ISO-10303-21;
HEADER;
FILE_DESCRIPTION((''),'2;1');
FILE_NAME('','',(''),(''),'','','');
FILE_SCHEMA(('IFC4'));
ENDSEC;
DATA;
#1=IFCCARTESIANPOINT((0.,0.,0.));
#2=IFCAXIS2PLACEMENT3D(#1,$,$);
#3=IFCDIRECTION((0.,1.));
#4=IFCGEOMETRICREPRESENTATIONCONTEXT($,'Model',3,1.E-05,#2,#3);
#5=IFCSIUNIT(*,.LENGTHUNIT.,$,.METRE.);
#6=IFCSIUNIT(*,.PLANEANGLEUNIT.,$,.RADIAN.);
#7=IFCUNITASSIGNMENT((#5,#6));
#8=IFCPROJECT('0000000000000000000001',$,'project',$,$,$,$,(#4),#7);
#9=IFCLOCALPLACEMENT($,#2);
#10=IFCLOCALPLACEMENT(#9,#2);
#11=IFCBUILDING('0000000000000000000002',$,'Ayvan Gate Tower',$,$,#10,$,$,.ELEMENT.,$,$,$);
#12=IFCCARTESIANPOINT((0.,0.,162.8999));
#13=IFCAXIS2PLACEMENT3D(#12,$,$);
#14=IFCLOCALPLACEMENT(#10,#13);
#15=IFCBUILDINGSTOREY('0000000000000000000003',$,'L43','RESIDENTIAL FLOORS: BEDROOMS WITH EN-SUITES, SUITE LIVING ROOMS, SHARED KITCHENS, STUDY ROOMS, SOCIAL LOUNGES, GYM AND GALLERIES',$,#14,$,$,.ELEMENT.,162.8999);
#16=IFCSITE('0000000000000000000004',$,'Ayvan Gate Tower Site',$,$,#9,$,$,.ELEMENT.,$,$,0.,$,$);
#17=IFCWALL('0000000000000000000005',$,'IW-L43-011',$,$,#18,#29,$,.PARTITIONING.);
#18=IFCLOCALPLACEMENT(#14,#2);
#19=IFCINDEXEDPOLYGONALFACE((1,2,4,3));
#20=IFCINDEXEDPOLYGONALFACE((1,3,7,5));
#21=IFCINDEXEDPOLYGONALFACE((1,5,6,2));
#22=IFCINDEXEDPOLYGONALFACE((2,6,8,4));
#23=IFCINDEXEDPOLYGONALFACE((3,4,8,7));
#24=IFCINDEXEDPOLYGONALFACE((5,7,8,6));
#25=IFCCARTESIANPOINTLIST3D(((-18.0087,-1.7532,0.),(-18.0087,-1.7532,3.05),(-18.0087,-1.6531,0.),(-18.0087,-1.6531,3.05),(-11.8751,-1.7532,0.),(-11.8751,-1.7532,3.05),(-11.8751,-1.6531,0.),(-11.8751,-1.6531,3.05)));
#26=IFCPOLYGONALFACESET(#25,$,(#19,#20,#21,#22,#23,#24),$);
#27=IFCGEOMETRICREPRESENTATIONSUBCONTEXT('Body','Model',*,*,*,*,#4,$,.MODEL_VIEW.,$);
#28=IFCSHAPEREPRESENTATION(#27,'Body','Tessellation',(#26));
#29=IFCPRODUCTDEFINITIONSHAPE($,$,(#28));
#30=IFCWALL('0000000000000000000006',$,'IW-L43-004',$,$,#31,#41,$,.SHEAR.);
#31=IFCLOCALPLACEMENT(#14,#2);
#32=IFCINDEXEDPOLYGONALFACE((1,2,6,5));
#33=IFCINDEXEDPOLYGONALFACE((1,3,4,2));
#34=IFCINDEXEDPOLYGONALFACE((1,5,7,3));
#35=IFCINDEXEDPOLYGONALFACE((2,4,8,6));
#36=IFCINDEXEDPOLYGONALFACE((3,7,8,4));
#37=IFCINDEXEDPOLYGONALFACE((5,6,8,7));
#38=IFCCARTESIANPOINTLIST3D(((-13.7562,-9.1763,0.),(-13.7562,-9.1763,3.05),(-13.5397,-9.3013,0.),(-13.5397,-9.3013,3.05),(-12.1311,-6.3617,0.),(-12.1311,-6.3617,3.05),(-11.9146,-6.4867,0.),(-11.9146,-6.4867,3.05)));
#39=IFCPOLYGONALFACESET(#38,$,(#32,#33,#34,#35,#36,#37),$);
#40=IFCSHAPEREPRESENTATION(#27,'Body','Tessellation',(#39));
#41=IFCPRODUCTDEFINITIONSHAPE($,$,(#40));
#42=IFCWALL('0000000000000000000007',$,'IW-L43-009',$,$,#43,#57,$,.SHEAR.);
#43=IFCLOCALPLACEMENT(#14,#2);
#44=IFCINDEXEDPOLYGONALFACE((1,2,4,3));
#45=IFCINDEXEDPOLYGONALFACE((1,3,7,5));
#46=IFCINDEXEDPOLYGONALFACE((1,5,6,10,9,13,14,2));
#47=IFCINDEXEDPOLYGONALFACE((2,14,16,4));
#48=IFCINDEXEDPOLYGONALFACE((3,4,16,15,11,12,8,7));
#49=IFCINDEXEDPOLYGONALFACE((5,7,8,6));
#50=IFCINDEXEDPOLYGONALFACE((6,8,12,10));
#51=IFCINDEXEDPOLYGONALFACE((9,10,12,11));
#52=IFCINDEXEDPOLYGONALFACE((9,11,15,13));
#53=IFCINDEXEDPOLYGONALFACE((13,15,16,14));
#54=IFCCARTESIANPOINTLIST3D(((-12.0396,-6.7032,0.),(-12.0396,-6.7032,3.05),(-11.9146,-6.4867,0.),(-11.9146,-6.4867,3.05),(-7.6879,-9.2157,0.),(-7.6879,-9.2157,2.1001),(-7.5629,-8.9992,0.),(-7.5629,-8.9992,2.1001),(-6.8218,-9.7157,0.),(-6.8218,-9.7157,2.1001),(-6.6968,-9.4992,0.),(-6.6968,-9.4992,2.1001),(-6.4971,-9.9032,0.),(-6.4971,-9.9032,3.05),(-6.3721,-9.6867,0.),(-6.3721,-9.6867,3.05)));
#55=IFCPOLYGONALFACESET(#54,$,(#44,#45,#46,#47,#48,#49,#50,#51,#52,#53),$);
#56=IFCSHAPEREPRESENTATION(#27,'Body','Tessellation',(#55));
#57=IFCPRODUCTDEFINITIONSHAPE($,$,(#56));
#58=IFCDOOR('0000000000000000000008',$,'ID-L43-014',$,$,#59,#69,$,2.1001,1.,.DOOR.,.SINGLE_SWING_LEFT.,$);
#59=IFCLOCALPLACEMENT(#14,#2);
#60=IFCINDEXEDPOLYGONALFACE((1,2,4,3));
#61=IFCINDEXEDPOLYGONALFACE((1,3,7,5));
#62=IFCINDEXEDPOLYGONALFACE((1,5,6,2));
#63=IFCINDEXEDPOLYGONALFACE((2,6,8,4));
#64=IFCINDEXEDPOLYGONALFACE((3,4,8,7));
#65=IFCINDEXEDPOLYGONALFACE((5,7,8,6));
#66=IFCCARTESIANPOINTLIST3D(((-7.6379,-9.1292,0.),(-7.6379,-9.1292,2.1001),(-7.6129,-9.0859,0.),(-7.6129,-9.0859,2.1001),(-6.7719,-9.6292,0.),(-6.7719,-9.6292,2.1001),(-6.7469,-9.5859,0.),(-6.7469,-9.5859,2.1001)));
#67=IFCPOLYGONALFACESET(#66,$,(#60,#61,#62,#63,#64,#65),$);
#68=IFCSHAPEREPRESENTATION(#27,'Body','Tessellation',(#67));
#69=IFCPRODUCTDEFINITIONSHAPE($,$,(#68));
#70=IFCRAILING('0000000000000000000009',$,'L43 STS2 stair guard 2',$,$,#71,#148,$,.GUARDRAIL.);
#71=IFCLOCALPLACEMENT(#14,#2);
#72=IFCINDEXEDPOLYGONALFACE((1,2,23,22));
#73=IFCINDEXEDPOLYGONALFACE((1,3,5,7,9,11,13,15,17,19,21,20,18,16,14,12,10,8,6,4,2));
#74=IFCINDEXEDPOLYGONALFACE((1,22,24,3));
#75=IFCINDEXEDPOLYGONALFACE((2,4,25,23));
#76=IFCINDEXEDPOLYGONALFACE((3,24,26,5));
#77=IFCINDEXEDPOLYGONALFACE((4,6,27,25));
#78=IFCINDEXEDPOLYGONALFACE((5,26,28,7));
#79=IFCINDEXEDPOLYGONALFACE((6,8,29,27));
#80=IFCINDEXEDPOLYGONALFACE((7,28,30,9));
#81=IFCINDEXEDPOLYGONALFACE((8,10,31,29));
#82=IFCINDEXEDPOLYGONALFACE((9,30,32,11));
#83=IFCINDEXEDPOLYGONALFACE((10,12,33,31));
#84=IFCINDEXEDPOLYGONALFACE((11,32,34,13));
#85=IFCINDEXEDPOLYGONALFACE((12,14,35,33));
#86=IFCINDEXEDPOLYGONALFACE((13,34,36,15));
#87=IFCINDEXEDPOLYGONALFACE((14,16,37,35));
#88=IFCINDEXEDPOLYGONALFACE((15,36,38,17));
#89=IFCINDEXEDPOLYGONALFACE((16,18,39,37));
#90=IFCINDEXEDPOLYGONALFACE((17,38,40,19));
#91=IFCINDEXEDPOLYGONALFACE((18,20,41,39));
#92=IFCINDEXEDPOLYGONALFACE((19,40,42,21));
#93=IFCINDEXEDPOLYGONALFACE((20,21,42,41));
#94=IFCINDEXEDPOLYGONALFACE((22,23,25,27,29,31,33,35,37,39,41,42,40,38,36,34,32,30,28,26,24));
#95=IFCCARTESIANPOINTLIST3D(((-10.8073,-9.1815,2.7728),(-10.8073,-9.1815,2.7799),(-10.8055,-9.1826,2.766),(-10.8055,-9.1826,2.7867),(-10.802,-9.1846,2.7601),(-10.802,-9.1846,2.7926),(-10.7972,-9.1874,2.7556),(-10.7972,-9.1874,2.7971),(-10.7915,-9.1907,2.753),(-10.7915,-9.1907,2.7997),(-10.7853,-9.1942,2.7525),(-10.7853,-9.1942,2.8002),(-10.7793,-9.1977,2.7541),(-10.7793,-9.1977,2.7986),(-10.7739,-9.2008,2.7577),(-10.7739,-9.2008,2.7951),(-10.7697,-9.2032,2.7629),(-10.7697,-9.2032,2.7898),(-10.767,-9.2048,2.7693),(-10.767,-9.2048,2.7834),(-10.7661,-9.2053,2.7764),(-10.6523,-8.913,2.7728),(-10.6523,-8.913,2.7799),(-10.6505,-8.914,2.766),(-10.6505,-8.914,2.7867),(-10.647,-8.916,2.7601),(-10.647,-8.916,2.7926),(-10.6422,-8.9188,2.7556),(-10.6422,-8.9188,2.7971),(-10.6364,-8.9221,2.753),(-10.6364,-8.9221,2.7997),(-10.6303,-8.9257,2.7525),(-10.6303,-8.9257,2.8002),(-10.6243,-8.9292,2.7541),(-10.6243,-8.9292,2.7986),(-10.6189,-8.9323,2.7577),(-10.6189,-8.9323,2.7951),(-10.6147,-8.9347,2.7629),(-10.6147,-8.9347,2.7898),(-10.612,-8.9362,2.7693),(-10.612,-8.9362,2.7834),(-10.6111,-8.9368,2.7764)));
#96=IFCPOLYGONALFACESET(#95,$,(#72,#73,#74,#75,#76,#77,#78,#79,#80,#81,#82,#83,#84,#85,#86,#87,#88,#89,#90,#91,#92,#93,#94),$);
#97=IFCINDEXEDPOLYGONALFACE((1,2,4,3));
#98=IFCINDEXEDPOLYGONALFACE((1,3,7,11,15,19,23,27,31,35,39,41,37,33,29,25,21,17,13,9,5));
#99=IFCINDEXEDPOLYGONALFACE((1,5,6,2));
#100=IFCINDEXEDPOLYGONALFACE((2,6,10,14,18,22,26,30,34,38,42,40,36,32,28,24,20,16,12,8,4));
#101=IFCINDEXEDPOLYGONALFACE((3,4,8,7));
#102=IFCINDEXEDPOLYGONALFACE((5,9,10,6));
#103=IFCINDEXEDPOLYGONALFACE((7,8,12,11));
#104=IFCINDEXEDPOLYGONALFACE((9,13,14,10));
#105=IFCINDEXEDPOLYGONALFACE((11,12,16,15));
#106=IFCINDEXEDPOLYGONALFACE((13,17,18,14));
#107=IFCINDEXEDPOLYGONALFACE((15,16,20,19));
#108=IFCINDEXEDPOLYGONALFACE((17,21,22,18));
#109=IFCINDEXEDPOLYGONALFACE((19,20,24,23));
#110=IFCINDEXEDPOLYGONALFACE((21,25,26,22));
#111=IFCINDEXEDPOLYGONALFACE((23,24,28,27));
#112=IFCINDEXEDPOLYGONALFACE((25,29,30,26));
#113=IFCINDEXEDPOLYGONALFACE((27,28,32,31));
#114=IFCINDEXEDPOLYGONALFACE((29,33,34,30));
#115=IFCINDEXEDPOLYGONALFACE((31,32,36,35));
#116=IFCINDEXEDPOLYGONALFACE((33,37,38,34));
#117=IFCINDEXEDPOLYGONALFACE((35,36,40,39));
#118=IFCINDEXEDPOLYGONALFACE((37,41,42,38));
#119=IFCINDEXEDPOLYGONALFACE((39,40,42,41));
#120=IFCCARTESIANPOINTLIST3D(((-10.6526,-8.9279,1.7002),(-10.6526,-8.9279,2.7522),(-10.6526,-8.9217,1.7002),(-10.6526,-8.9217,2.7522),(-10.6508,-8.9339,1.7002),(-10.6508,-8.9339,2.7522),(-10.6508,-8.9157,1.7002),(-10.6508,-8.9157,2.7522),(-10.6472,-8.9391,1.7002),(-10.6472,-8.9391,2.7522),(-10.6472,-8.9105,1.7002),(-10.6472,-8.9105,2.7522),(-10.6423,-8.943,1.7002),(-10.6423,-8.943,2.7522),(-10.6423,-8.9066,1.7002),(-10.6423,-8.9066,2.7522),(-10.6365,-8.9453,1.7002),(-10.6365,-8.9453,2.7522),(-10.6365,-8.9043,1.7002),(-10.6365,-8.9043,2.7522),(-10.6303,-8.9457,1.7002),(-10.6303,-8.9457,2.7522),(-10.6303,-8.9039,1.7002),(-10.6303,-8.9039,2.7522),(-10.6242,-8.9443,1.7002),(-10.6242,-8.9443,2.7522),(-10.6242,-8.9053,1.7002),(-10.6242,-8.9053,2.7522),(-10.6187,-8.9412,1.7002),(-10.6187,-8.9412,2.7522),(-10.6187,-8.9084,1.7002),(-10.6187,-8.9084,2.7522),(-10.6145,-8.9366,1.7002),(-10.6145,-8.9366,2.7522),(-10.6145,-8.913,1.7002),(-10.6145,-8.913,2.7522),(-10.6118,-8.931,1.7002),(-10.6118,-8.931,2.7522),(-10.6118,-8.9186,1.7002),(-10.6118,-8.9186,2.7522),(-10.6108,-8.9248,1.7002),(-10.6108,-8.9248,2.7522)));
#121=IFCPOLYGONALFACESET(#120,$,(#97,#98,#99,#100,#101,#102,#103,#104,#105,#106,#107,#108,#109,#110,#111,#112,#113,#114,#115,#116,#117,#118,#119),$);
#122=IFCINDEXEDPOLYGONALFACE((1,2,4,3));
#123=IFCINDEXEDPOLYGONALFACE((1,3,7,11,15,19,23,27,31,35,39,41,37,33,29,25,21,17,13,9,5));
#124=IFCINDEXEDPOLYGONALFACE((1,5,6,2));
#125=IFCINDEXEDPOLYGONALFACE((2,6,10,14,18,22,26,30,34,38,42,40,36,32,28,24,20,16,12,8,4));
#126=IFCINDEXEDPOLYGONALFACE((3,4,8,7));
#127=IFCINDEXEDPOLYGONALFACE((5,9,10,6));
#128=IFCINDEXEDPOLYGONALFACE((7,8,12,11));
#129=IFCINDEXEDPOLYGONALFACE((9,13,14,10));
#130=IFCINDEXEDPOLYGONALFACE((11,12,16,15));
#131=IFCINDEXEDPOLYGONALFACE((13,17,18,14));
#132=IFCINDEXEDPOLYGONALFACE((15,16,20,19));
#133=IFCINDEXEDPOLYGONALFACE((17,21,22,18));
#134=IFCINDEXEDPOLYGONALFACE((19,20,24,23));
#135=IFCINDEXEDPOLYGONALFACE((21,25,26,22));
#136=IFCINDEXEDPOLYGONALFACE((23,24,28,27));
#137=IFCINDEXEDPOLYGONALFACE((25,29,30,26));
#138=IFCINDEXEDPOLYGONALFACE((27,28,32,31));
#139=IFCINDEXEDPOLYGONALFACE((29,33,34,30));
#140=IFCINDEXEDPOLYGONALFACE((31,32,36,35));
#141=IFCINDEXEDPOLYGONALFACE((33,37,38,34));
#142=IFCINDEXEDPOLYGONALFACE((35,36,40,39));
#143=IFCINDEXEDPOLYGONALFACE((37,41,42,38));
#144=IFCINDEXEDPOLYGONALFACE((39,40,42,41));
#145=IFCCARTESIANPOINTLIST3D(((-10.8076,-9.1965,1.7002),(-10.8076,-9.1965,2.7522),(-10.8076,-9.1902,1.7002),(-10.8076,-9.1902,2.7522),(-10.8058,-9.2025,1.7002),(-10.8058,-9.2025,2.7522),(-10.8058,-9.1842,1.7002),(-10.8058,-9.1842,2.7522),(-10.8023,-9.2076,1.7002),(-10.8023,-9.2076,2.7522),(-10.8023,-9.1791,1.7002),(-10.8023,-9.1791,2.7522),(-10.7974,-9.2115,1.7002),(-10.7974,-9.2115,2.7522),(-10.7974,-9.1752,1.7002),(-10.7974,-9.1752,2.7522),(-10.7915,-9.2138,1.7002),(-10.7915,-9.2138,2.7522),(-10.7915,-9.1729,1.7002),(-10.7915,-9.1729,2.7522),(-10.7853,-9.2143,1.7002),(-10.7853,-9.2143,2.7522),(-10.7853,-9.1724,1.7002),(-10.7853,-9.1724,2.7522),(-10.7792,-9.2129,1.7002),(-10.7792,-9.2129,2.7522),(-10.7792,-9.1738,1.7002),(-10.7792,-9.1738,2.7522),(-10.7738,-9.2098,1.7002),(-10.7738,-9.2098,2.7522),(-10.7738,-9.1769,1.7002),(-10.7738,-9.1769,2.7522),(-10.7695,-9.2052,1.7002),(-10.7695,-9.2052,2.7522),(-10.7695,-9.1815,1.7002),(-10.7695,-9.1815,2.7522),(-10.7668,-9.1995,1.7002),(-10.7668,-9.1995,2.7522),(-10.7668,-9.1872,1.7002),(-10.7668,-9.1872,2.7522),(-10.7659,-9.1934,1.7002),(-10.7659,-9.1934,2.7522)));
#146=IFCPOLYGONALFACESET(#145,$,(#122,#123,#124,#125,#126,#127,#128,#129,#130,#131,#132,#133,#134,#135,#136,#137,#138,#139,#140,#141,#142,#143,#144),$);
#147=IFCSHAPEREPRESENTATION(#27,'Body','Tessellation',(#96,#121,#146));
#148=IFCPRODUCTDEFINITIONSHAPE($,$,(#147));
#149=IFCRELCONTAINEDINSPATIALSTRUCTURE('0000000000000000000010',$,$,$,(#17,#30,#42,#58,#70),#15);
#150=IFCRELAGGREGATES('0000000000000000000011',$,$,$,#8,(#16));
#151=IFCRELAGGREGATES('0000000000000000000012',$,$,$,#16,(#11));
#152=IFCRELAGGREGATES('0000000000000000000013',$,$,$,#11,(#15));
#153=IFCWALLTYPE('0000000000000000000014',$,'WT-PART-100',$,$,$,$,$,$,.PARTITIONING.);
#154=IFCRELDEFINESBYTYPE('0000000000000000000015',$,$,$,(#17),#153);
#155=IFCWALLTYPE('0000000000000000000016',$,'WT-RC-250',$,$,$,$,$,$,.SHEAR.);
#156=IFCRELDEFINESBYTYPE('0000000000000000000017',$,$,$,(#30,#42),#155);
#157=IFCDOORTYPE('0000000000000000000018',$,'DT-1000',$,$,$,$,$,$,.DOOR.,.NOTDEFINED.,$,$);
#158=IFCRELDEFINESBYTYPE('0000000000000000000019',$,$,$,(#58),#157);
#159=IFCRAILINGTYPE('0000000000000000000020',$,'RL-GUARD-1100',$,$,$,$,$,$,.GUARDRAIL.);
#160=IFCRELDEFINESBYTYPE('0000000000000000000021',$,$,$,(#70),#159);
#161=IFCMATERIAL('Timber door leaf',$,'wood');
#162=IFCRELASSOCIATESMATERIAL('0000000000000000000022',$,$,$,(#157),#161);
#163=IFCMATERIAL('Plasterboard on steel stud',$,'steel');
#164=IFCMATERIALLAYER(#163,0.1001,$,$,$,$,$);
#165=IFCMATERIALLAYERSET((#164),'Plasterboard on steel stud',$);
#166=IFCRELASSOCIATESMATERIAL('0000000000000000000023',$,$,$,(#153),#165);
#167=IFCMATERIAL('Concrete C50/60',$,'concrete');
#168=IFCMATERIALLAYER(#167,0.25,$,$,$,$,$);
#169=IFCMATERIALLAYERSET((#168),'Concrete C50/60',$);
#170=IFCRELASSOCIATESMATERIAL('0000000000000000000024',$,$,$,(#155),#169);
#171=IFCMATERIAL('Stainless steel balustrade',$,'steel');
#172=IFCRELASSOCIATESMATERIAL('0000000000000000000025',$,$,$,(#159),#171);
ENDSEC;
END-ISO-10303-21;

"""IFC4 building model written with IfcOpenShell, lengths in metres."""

from ifc_helpers import new_model, si_unit, direction, frame, frame_2d, origin, origin_2d, place, context, subcontext, project, spatial, rectangle, circle, extrude, material, layer, layer_set, type_object, element, fill, save


model = new_model("IFC4")

# Units and contexts
model_context = context("Model", 3, precision=1e-05, world=origin(), true_north=direction((0.0, 1.0)))
body_context = subcontext(model_context, "Body", "Model", "MODEL_VIEW")
ifc_project = project(units=[si_unit("LENGTHUNIT", "METRE"), si_unit("PLANEANGLEUNIT", "RADIAN")], contexts=[model_context])

# Site, building, storey
site_placement = place(None, origin())
site = spatial("IfcSite", under=ifc_project, at=site_placement, Name="Ayvan Gate Tower Site", CompositionType="ELEMENT", RefElevation=0.0)
building_placement = place(site_placement, origin())
building = spatial("IfcBuilding", under=site, at=building_placement, Name="Ayvan Gate Tower", CompositionType="ELEMENT")
storey_placement = place(building_placement, frame((0.0, 0.0, 162.8999)))
storey = spatial("IfcBuildingStorey", under=building, at=storey_placement, Name="L43", Description="RESIDENTIAL FLOORS: BEDROOMS WITH EN-SUITES, SUITE LIVING ROOMS, SHARED KITCHENS, STUDY ROOMS, SOCIAL LOUNGES, GYM AND GALLERIES", CompositionType="ELEMENT", Elevation=162.8999)

# Shared definitions
ifc_material_1 = material(Name="Plasterboard on steel stud", Category="steel")

# Shared definitions
ifc_material_2 = material(Name="Timber door leaf", Category="wood")
door_type_1 = type_object("IfcDoorType", Name="DT-1000", OperationType="NOTDEFINED", PredefinedType="DOOR", material=ifc_material_2)

# Shared definitions
ifc_layer_1 = layer(ifc_material_1, 0.1001)
ifc_layer_set_1 = layer_set([ifc_layer_1], Name="Plasterboard on steel stud")
wall_type_1 = type_object("IfcWallType", Name="WT-PART-100", PredefinedType="PARTITIONING", material=ifc_layer_set_1)

# Walls
wall_1_placement = place(storey_placement, frame((-11.875, -1.7031, 0.0), z_axis=(0.0, 0.0, 1.0), x_axis=(-1.0, 0.0, 0.0)))
element("IfcWall", 1, at=wall_1_placement, inside=storey, type_object=wall_type_1, Name="IW-L43-011", PredefinedType="PARTITIONING", context=body_context, shape_type="SweptSolid", body=[
    extrude(rectangle(XDim=6.1335, YDim=0.1001, at=frame_2d((3.0669, 0.0))), origin(), (0.0, 0.0, 1.0), 3.05),
])
ifc_material_3 = material(Name="Concrete C50/60", Category="concrete")
ifc_layer_2 = layer(ifc_material_3, 0.25)
ifc_layer_set_2 = layer_set([ifc_layer_2], Name="Concrete C50/60")
wall_type_2 = type_object("IfcWallType", Name="WT-RC-250", PredefinedType="SHEAR", material=ifc_layer_set_2)
wall_2_placement = place(storey_placement, frame((-13.6479, -9.2388, 0.0), z_axis=(0.0, 0.0, 1.0), x_axis=(0.500017, 0.866015, 0.0)))
element("IfcWall", 2, at=wall_2_placement, inside=storey, type_object=wall_type_2, Name="IW-L43-004", PredefinedType="SHEAR", context=body_context, shape_type="SweptSolid", body=[
    extrude(rectangle(XDim=3.25, YDim=0.25, at=frame_2d((1.625, 0.0))), origin(), (0.0, 0.0, 1.0), 3.05),
])

# Wall, opening, door
wall_3_placement = place(storey_placement, frame((-11.9771, -6.595, 0.0), z_axis=(0.0, 0.0, 1.0), x_axis=(0.866025, -0.5, 0.0)))
wall_3 = element("IfcWall", 3, at=wall_3_placement, inside=storey, type_object=wall_type_2, Name="IW-L43-009", PredefinedType="SHEAR", context=body_context, shape_type="SweptSolid", body=[
    extrude(rectangle(XDim=6.3999, YDim=0.25, at=frame_2d((3.2, 0.0))), origin(), (0.0, 0.0, 1.0), 3.05),
])
opening_1_placement = place(wall_3_placement, frame((5.0249, 0.0, 0.0)))
opening_1 = element("IfcOpeningElement", 4, at=opening_1_placement, cuts=wall_3, PredefinedType="OPENING", context=body_context, shape_type="SweptSolid", body=[
    extrude(rectangle(XDim=1.0, YDim=2.1001, at=frame_2d((0.5, 1.05))), frame((0.0, 0.135, 0.0), z_axis=(0.0, -1.0, 0.0), x_axis=(1.0, 0.0, 0.0)), (0.0, 0.0, 1.0), 0.27),
])
door_1_placement = place(opening_1_placement, origin())
door_1 = element("IfcDoor", 5, at=door_1_placement, inside=storey, type_object=door_type_1, Name="ID-L43-014", OperationType="SINGLE_SWING_LEFT", OverallHeight=2.1001, OverallWidth=1.0, PredefinedType="DOOR", context=body_context, shape_type="SweptSolid", body=[
    extrude(rectangle(XDim=1.0, YDim=2.1001, at=frame_2d((0.5, 1.05))), frame((0.0, 0.0249, 0.0), z_axis=(0.0, -1.0, 0.0), x_axis=(1.0, 0.0, 0.0)), (0.0, 0.0, 1.0), 0.05),
])
fill(opening_1, door_1)

# Railing
ifc_material_4 = material(Name="Stainless steel balustrade", Category="steel")
railing_type_1 = type_object("IfcRailingType", Name="RL-GUARD-1100", PredefinedType="GUARDRAIL", material=ifc_material_4)
railing_1_placement = place(storey_placement, frame((-10.6318, -8.9248, 1.7002)))
element("IfcRailing", 6, at=railing_1_placement, inside=storey, type_object=railing_type_1, Name="L43 STS2 stair guard 2", PredefinedType="GUARDRAIL", context=body_context, shape_type="SweptSolid", body=[
    extrude(circle(Radius=0.0239, at=origin_2d()), frame((0.0, 0.0, 1.0762), z_axis=(-0.49995, -0.866054, 0.0), x_axis=(0.866054, -0.49995, 0.0)), (0.0, 0.0, 1.0), 0.3101),
    extrude(circle(Radius=0.021, at=origin_2d()), origin(), (0.0, 0.0, 1.0), 1.052),
    extrude(circle(Radius=0.021, at=origin_2d()), frame((-0.155, -0.2686, 0.0)), (0.0, 0.0, 1.0), 1.052),
])

save(model, "model.ifc")
